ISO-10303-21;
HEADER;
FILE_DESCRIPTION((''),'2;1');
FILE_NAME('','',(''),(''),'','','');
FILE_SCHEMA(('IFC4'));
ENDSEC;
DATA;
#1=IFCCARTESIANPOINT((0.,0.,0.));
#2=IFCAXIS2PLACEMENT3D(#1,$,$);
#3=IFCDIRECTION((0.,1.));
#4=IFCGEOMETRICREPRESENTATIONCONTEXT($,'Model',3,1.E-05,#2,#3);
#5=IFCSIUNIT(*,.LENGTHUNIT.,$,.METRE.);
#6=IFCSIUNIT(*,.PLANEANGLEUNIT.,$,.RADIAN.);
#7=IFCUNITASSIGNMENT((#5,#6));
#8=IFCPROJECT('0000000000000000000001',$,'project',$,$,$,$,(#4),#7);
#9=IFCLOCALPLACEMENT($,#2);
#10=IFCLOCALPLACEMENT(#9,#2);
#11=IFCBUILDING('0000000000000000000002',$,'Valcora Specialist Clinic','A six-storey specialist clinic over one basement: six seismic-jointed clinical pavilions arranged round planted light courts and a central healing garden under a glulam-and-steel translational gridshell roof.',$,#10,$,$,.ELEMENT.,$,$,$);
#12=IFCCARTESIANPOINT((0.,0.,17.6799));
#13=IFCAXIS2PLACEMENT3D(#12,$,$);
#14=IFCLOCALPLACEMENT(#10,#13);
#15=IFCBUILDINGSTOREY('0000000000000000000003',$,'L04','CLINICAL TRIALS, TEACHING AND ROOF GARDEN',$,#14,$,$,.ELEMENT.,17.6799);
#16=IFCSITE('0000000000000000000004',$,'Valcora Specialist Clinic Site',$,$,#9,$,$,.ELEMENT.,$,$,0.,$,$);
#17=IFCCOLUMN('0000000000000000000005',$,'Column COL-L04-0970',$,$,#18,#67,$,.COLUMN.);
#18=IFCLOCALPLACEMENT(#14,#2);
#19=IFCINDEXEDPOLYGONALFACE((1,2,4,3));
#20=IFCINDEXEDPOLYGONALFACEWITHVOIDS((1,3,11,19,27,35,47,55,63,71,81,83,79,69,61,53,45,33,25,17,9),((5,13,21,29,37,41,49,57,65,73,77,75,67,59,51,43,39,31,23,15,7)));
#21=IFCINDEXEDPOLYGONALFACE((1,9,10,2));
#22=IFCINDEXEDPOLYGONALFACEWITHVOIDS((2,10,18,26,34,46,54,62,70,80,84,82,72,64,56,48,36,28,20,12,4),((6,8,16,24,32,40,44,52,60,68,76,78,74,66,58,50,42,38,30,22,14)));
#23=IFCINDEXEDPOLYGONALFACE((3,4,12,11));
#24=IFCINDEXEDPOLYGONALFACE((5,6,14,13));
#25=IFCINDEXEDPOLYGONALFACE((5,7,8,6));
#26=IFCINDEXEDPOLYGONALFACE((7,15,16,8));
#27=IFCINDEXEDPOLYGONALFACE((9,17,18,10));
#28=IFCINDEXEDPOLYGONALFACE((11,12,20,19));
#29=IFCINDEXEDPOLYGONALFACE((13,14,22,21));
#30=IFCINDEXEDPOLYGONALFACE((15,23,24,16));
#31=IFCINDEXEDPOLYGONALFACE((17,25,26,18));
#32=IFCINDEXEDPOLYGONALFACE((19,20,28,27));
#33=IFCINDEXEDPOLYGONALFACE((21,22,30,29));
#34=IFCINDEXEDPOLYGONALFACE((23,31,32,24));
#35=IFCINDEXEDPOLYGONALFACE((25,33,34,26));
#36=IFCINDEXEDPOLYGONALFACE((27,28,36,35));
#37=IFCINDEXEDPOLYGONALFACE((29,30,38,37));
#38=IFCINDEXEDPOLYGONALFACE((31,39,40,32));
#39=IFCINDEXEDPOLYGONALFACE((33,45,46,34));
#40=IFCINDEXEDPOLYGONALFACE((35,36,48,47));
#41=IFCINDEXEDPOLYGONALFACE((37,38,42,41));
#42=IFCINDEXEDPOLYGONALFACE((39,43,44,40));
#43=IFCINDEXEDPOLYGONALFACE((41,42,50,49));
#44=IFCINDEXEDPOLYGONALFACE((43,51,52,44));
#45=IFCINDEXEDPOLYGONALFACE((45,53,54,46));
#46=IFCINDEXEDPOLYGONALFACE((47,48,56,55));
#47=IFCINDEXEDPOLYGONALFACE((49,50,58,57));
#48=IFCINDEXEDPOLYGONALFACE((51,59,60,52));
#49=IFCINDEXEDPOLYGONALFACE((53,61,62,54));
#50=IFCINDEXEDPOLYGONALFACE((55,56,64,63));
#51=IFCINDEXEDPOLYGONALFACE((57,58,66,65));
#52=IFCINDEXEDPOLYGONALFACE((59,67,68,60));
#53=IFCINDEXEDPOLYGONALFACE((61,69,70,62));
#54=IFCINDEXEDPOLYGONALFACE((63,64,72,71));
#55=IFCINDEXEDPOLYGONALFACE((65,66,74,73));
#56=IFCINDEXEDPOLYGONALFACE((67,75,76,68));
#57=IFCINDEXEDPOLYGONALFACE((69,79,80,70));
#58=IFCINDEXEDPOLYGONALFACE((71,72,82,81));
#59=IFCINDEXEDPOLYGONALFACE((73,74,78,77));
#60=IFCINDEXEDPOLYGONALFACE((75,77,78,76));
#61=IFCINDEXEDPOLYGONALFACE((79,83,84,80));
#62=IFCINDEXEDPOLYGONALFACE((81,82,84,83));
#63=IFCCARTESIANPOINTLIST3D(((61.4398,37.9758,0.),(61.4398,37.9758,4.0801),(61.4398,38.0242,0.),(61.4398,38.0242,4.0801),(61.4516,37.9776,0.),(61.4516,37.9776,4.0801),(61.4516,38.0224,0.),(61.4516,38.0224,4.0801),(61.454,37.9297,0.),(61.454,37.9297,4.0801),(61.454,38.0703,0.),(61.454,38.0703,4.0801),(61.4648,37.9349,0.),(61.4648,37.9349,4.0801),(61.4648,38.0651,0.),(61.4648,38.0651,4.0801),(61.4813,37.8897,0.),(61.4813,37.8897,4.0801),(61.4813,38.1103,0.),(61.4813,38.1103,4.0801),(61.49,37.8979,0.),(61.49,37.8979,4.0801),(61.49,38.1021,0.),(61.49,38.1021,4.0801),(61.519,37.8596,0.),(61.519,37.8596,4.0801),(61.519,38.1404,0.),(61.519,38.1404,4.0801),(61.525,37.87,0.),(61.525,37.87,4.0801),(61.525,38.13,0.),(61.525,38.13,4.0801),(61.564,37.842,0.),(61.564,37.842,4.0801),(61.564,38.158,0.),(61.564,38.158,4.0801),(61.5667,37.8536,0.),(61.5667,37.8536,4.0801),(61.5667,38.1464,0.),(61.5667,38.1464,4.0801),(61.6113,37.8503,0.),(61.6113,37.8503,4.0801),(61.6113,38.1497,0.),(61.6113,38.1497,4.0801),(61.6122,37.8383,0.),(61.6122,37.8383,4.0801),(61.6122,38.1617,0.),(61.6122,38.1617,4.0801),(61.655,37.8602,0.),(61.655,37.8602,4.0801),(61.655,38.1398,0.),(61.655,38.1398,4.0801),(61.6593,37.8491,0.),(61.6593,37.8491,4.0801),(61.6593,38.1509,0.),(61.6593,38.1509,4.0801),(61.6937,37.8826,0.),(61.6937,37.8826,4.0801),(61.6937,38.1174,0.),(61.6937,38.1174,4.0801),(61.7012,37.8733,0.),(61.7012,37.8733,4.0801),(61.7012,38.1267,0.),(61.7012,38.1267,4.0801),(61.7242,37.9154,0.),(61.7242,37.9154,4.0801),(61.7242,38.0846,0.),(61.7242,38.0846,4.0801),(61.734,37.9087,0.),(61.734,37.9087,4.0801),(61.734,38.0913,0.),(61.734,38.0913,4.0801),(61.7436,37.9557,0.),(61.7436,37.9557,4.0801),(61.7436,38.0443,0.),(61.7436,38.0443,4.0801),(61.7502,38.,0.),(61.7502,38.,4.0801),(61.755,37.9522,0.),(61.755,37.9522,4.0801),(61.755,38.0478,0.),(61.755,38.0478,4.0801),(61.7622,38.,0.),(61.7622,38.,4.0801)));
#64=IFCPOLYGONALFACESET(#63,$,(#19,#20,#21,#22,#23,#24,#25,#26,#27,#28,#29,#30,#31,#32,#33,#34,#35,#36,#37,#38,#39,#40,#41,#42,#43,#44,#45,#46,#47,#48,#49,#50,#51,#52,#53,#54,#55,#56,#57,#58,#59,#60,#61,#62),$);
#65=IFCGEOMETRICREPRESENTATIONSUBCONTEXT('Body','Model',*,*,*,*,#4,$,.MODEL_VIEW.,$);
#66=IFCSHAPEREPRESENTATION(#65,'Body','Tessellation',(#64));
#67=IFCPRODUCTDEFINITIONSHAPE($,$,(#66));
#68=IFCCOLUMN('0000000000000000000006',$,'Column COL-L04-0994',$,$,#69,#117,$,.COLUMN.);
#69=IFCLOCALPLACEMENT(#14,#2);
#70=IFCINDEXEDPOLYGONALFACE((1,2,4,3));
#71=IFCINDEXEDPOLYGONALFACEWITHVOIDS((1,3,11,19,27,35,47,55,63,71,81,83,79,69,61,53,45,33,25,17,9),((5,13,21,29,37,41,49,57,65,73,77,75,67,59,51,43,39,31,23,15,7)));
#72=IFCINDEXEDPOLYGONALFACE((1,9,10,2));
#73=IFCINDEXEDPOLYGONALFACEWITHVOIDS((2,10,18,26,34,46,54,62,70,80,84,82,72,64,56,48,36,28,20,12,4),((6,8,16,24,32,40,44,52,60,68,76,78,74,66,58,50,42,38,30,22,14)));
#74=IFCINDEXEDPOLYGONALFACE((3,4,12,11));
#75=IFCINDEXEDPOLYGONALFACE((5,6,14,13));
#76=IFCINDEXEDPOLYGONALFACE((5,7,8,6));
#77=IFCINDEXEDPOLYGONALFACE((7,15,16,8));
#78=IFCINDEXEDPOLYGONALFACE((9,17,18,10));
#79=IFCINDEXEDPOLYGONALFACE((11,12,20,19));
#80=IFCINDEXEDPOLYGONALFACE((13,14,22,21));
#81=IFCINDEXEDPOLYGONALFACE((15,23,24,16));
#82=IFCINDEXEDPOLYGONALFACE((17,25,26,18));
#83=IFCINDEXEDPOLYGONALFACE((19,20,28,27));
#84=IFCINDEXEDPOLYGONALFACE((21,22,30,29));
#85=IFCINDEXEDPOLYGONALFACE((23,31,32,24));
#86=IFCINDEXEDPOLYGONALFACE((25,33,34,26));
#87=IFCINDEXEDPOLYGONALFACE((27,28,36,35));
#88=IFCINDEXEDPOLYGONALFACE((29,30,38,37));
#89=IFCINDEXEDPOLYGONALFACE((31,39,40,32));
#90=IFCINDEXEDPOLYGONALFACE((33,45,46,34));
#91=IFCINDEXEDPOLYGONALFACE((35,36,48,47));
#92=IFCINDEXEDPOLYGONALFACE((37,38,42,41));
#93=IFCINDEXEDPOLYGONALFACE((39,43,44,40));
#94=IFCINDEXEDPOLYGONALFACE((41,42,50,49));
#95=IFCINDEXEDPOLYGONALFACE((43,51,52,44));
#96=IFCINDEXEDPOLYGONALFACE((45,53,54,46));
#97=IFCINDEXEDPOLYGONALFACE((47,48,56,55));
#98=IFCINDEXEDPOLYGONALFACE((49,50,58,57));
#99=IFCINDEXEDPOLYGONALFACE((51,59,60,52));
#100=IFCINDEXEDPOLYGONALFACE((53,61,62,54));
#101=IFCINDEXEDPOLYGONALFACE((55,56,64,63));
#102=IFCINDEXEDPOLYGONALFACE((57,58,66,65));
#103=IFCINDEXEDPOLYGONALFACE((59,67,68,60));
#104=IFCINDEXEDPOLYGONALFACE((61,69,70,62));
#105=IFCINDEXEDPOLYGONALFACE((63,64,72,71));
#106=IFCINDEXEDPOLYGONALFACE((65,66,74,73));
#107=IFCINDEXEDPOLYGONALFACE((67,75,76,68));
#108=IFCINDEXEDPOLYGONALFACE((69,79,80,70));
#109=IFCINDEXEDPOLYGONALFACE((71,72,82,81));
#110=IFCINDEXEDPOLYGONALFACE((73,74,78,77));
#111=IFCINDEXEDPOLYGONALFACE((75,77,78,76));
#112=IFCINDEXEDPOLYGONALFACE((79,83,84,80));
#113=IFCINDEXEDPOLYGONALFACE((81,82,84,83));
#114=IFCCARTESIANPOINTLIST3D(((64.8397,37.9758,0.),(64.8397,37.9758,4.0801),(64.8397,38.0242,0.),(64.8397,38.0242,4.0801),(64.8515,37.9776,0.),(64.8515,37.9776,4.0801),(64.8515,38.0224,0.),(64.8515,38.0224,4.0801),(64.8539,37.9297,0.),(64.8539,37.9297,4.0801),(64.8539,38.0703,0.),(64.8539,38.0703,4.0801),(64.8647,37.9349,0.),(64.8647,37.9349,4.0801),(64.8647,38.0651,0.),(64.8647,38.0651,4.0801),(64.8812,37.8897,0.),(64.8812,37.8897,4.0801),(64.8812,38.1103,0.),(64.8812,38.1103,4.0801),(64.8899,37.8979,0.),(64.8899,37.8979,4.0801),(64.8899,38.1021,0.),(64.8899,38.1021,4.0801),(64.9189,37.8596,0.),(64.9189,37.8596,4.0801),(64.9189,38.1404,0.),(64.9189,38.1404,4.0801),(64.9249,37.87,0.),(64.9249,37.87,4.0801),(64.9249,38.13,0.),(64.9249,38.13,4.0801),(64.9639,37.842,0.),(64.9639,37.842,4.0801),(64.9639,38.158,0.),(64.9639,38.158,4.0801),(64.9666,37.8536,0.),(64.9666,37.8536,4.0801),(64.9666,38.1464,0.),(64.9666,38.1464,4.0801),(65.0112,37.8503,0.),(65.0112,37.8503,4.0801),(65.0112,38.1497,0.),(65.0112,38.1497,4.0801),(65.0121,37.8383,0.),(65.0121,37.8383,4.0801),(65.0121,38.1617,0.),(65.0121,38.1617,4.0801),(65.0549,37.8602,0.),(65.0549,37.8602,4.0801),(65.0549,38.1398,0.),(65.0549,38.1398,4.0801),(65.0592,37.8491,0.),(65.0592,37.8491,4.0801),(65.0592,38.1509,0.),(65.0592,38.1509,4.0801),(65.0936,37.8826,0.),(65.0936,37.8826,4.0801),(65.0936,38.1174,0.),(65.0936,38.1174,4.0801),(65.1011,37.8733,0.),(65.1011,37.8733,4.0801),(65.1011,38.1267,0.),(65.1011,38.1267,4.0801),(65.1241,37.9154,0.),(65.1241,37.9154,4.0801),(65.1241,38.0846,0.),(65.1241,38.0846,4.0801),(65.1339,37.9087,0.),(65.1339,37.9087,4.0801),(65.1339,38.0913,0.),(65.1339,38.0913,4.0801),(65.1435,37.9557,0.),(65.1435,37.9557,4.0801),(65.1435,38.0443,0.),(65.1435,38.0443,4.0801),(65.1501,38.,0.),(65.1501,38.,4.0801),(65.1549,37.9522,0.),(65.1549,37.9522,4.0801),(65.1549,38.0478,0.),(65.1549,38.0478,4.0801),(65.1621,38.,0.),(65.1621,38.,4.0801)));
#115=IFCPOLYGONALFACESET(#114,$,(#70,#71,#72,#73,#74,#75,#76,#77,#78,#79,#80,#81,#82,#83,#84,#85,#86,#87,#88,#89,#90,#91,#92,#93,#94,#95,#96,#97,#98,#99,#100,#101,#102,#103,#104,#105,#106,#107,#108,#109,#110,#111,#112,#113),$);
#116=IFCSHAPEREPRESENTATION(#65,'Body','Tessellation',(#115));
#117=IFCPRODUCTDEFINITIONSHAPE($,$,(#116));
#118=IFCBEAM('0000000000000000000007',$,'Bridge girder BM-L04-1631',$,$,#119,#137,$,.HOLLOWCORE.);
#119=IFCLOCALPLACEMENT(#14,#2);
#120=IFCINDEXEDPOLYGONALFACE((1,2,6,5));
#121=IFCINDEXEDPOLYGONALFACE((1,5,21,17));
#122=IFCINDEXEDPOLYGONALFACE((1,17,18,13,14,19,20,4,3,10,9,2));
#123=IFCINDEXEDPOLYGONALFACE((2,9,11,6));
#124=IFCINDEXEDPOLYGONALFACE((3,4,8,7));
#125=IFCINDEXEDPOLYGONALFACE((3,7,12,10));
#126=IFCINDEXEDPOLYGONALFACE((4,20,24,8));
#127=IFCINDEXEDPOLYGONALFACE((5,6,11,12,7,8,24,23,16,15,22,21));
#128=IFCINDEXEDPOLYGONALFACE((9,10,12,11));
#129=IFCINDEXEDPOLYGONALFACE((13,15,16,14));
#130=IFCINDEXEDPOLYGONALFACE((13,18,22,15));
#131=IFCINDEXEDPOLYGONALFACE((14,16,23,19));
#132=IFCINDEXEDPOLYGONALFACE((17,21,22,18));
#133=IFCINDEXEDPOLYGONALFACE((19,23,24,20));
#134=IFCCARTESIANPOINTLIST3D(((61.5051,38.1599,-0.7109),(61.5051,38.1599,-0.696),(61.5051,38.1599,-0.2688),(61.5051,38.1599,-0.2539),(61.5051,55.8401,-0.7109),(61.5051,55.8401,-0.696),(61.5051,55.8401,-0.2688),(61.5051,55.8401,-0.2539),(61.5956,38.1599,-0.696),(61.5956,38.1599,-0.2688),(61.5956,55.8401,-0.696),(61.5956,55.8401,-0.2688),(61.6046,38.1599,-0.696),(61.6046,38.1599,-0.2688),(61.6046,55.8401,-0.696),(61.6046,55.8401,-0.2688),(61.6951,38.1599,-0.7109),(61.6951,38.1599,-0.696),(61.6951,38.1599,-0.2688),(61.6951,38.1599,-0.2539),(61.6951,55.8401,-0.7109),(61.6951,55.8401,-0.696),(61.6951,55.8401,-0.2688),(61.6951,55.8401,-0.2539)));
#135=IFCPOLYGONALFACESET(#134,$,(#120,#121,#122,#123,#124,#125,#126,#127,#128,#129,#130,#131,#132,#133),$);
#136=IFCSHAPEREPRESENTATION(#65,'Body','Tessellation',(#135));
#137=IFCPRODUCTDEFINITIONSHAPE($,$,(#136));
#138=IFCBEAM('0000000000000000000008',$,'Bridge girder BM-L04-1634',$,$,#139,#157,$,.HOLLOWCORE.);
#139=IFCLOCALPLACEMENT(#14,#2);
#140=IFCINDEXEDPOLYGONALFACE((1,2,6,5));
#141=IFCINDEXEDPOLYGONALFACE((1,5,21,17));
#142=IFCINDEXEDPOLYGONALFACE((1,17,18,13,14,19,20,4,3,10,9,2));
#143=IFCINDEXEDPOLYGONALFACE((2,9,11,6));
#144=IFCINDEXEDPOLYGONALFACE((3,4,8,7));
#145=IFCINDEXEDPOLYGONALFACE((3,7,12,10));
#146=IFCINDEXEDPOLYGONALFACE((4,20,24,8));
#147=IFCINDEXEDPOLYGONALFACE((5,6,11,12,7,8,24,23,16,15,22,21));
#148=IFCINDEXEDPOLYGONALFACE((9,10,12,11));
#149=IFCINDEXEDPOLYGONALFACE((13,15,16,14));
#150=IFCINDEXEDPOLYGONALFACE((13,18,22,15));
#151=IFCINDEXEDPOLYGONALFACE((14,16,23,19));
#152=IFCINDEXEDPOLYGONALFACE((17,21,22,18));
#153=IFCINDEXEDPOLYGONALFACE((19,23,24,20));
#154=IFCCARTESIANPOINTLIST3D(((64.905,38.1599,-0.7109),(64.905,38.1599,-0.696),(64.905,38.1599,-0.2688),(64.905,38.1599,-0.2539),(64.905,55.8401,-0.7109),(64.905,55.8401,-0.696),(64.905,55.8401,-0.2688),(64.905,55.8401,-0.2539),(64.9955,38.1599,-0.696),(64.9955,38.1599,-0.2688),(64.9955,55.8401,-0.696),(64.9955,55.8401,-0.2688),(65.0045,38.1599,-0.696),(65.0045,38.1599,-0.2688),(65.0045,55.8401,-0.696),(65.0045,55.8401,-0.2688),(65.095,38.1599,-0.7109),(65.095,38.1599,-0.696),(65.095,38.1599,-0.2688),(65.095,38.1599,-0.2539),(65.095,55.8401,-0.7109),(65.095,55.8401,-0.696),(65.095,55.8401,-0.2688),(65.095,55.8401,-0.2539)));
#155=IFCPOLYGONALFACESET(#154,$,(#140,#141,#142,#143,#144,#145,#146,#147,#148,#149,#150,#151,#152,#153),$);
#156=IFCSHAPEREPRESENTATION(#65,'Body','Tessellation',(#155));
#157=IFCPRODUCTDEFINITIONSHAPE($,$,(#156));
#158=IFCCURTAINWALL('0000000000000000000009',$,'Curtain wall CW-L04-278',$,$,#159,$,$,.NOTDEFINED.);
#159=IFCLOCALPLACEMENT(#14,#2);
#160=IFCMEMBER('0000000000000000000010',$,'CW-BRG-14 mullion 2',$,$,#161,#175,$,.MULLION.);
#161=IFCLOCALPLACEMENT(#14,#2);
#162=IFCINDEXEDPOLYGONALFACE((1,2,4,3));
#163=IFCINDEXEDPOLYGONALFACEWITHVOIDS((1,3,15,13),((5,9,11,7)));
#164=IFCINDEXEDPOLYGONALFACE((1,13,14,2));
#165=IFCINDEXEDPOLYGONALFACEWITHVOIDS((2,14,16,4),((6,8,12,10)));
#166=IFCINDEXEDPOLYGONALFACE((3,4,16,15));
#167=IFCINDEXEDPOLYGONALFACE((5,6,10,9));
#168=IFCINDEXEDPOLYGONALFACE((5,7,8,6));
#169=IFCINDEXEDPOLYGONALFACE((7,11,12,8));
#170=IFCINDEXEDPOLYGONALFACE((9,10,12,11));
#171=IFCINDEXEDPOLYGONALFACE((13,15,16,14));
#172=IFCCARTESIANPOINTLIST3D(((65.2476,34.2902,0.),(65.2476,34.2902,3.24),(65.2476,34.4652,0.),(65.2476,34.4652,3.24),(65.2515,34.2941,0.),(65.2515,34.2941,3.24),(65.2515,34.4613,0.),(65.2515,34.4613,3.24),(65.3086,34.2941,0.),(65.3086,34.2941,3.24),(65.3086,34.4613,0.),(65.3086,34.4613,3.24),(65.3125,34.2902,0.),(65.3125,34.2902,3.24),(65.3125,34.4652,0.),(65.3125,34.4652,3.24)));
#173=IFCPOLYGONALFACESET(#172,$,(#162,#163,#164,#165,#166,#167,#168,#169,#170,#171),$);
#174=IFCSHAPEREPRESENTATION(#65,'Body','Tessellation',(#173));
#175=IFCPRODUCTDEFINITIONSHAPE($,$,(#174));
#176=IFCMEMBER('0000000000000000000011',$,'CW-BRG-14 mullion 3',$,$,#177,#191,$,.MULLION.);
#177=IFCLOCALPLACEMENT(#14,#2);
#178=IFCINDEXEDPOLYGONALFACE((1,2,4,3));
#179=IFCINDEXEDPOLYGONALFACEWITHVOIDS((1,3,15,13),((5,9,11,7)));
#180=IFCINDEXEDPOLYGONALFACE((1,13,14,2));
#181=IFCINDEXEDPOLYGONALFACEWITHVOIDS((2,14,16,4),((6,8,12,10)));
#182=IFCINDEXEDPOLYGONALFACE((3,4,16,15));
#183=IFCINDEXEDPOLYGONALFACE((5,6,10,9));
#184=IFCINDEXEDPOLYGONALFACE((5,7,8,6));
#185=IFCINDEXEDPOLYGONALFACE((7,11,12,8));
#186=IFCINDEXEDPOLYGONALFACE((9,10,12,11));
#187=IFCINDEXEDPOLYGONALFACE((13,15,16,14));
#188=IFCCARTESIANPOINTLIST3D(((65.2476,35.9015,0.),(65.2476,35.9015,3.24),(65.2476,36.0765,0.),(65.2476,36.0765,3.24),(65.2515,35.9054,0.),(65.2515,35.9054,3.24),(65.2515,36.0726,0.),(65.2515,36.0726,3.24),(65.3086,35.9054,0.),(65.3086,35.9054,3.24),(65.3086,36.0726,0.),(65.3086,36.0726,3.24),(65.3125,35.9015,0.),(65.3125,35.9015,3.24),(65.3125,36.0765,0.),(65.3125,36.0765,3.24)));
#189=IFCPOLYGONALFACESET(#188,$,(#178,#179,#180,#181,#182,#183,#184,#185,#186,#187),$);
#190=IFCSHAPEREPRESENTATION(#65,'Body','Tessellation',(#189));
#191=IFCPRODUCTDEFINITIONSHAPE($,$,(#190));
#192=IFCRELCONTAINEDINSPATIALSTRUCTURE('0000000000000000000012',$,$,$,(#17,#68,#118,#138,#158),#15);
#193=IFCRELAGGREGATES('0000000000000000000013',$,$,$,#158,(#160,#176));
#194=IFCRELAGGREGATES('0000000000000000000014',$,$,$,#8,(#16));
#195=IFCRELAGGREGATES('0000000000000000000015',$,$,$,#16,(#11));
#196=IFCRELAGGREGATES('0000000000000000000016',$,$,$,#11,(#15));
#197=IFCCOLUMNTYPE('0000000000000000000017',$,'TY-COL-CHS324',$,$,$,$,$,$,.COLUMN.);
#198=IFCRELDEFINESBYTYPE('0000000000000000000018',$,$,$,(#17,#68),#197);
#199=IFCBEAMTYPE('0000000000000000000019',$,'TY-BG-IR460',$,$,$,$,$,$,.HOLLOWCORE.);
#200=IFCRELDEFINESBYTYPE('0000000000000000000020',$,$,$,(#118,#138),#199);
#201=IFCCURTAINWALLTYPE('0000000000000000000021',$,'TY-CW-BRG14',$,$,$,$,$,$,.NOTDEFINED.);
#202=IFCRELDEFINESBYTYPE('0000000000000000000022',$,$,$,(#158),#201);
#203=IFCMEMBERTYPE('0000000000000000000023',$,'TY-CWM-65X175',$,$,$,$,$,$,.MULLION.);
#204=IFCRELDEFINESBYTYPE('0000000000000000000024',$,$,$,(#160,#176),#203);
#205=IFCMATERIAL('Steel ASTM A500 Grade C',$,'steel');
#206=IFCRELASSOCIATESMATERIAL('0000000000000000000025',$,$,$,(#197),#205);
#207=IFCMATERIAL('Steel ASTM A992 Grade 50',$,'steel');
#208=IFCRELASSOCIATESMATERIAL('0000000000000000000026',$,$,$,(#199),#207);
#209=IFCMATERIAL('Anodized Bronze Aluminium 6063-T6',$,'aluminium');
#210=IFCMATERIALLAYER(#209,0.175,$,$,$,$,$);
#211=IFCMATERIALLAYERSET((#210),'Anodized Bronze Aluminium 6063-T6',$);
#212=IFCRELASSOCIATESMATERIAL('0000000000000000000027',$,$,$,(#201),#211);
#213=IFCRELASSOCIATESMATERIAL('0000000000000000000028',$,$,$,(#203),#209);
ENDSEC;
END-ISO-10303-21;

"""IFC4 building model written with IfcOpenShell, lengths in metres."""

from ifc_helpers import new_model, si_unit, direction, frame, origin, origin_2d, place, context, subcontext, project, spatial, hollow_rectangle, hollow_circle, i_section, extrude, material, layer, layer_set, material_profile, profile_set, type_object, element, aggregate, save


model = new_model("IFC4")

# Units and contexts
model_context = context("Model", 3, precision=1e-05, world=origin(), true_north=direction((0.0, 1.0)))
body_context = subcontext(model_context, "Body", "Model", "MODEL_VIEW")
ifc_project = project(units=[si_unit("LENGTHUNIT", "METRE"), si_unit("PLANEANGLEUNIT", "RADIAN")], contexts=[model_context])

# Site, building, storey
site_placement = place(None, origin())
site = spatial("IfcSite", under=ifc_project, at=site_placement, Name="Valcora Specialist Clinic Site", CompositionType="ELEMENT", RefElevation=0.0)
building_placement = place(site_placement, origin())
building = spatial("IfcBuilding", under=site, at=building_placement, Name="Valcora Specialist Clinic", Description="A six-storey specialist clinic over one basement: six seismic-jointed clinical pavilions arranged round planted light courts and a central healing garden under a glulam-and-steel translational gridshell roof.", CompositionType="ELEMENT")
storey_placement = place(building_placement, frame((0.0, 0.0, 17.6799)))
storey = spatial("IfcBuildingStorey", under=building, at=storey_placement, Name="L04", Description="CLINICAL TRIALS, TEACHING AND ROOF GARDEN", CompositionType="ELEMENT", Elevation=17.6799)

# Columns
ifc_material_1 = material(Name="Steel ASTM A500 Grade C", Category="steel")
ifc_material_profile_1 = material_profile(ifc_material_1, hollow_circle(Radius=0.1621, WallThickness=0.012, at=origin_2d()), Name="ST-CHS-324X12")
ifc_profile_set_1 = profile_set([ifc_material_profile_1], Name="Steel ASTM A500 Grade C")
column_type = type_object("IfcColumnType", Name="TY-COL-CHS324", PredefinedType="COLUMN", material=ifc_profile_set_1)
for number, where, z_axis, x_axis, name in (
    (1, (61.6001, 38.0, 0.0), (0.0, 0.0, 1.0), (1.0, 0.0, 0.0), "Column COL-L04-0970"),
    (2, (65.0, 38.0, 0.0), (0.0, 0.0, 1.0), (1.0, 0.0, 0.0), "Column COL-L04-0994"),
):
    element("IfcColumn", number, at=place(storey_placement, frame(where, z_axis=z_axis, x_axis=x_axis)), inside=storey, type_object=column_type, Name=name, PredefinedType="COLUMN", context=body_context, shape_type="SweptSolid", body=[
        extrude(hollow_circle(Radius=0.1621, WallThickness=0.012, at=origin_2d()), origin(), (0.0, 0.0, 1.0), 4.0801),
    ])

# Beams
ifc_material_2 = material(Name="Steel ASTM A992 Grade 50", Category="steel")
ifc_material_profile_2 = material_profile(ifc_material_2, i_section(OverallWidth=0.1899, OverallDepth=0.457, WebThickness=0.009, FlangeThickness=0.0149, at=origin_2d()), Name="ST-IR-460X190")
ifc_profile_set_2 = profile_set([ifc_material_profile_2], Name="Steel ASTM A992 Grade 50")
beam_type = type_object("IfcBeamType", Name="TY-BG-IR460", PredefinedType="HOLLOWCORE", material=ifc_profile_set_2)
for number, where, z_axis, x_axis, name in (
    (3, (61.6001, 38.1599, -0.4824), (0.0, 1.0, 0.0), (-1.0, 0.0, 0.0), "Bridge girder BM-L04-1631"),
    (4, (65.0, 38.1599, -0.4824), (0.0, 1.0, 0.0), (-1.0, 0.0, 0.0), "Bridge girder BM-L04-1634"),
):
    element("IfcBeam", number, at=place(storey_placement, frame(where, z_axis=z_axis, x_axis=x_axis)), inside=storey, type_object=beam_type, Name=name, PredefinedType="HOLLOWCORE", context=body_context, shape_type="SweptSolid", body=[
        extrude(i_section(OverallWidth=0.1899, OverallDepth=0.457, WebThickness=0.009, FlangeThickness=0.0149, at=origin_2d()), origin(), (0.0, 0.0, 1.0), 17.6802),
    ])

# Curtain wall, members
ifc_material_3 = material(Name="Anodized Bronze Aluminium 6063-T6", Category="aluminium")
ifc_layer_1 = layer(ifc_material_3, 0.175)
ifc_layer_set_1 = layer_set([ifc_layer_1], Name="Anodized Bronze Aluminium 6063-T6")
curtain_wall_type = type_object("IfcCurtainWallType", Name="TY-CW-BRG14", PredefinedType="NOTDEFINED", material=ifc_layer_set_1)
curtain_wall_1_placement = place(storey_placement, origin())
curtain_wall_1 = element("IfcCurtainWall", 5, at=curtain_wall_1_placement, inside=storey, type_object=curtain_wall_type, Name="Curtain wall CW-L04-278", PredefinedType="NOTDEFINED")
ifc_material_profile_3 = material_profile(ifc_material_3, hollow_rectangle(XDim=0.0649, YDim=0.175, WallThickness=0.0039, at=origin_2d()), Name="AL-MUL-65X175")
ifc_profile_set_3 = profile_set([ifc_material_profile_3], Name="Anodized Bronze Aluminium 6063-T6")
member_type_1 = type_object("IfcMemberType", Name="TY-CWM-65X175", PredefinedType="MULLION", material=ifc_profile_set_3)
member_1_placement = place(storey_placement, frame((65.28, 34.3777, 0.0), z_axis=(0.0, 0.0, 1.0), x_axis=(-1.0, 0.0, 0.0)))
member_1 = element("IfcMember", 6, at=member_1_placement, type_object=member_type_1, Name="CW-BRG-14 mullion 2", PredefinedType="MULLION", context=body_context, shape_type="SweptSolid", body=[
    extrude(hollow_rectangle(XDim=0.0649, YDim=0.175, WallThickness=0.0039, at=origin_2d()), origin(), (0.0, 0.0, 1.0), 3.24),
])
member_2_placement = place(storey_placement, frame((65.28, 35.989, 0.0), z_axis=(0.0, 0.0, 1.0), x_axis=(-1.0, 0.0, 0.0)))
member_2 = element("IfcMember", 7, at=member_2_placement, type_object=member_type_1, Name="CW-BRG-14 mullion 3", PredefinedType="MULLION", context=body_context, shape_type="SweptSolid", body=[
    extrude(hollow_rectangle(XDim=0.0649, YDim=0.175, WallThickness=0.0039, at=origin_2d()), origin(), (0.0, 0.0, 1.0), 3.24),
])

aggregate(curtain_wall_1, [member_1, member_2])

save(model, "model.ifc")
